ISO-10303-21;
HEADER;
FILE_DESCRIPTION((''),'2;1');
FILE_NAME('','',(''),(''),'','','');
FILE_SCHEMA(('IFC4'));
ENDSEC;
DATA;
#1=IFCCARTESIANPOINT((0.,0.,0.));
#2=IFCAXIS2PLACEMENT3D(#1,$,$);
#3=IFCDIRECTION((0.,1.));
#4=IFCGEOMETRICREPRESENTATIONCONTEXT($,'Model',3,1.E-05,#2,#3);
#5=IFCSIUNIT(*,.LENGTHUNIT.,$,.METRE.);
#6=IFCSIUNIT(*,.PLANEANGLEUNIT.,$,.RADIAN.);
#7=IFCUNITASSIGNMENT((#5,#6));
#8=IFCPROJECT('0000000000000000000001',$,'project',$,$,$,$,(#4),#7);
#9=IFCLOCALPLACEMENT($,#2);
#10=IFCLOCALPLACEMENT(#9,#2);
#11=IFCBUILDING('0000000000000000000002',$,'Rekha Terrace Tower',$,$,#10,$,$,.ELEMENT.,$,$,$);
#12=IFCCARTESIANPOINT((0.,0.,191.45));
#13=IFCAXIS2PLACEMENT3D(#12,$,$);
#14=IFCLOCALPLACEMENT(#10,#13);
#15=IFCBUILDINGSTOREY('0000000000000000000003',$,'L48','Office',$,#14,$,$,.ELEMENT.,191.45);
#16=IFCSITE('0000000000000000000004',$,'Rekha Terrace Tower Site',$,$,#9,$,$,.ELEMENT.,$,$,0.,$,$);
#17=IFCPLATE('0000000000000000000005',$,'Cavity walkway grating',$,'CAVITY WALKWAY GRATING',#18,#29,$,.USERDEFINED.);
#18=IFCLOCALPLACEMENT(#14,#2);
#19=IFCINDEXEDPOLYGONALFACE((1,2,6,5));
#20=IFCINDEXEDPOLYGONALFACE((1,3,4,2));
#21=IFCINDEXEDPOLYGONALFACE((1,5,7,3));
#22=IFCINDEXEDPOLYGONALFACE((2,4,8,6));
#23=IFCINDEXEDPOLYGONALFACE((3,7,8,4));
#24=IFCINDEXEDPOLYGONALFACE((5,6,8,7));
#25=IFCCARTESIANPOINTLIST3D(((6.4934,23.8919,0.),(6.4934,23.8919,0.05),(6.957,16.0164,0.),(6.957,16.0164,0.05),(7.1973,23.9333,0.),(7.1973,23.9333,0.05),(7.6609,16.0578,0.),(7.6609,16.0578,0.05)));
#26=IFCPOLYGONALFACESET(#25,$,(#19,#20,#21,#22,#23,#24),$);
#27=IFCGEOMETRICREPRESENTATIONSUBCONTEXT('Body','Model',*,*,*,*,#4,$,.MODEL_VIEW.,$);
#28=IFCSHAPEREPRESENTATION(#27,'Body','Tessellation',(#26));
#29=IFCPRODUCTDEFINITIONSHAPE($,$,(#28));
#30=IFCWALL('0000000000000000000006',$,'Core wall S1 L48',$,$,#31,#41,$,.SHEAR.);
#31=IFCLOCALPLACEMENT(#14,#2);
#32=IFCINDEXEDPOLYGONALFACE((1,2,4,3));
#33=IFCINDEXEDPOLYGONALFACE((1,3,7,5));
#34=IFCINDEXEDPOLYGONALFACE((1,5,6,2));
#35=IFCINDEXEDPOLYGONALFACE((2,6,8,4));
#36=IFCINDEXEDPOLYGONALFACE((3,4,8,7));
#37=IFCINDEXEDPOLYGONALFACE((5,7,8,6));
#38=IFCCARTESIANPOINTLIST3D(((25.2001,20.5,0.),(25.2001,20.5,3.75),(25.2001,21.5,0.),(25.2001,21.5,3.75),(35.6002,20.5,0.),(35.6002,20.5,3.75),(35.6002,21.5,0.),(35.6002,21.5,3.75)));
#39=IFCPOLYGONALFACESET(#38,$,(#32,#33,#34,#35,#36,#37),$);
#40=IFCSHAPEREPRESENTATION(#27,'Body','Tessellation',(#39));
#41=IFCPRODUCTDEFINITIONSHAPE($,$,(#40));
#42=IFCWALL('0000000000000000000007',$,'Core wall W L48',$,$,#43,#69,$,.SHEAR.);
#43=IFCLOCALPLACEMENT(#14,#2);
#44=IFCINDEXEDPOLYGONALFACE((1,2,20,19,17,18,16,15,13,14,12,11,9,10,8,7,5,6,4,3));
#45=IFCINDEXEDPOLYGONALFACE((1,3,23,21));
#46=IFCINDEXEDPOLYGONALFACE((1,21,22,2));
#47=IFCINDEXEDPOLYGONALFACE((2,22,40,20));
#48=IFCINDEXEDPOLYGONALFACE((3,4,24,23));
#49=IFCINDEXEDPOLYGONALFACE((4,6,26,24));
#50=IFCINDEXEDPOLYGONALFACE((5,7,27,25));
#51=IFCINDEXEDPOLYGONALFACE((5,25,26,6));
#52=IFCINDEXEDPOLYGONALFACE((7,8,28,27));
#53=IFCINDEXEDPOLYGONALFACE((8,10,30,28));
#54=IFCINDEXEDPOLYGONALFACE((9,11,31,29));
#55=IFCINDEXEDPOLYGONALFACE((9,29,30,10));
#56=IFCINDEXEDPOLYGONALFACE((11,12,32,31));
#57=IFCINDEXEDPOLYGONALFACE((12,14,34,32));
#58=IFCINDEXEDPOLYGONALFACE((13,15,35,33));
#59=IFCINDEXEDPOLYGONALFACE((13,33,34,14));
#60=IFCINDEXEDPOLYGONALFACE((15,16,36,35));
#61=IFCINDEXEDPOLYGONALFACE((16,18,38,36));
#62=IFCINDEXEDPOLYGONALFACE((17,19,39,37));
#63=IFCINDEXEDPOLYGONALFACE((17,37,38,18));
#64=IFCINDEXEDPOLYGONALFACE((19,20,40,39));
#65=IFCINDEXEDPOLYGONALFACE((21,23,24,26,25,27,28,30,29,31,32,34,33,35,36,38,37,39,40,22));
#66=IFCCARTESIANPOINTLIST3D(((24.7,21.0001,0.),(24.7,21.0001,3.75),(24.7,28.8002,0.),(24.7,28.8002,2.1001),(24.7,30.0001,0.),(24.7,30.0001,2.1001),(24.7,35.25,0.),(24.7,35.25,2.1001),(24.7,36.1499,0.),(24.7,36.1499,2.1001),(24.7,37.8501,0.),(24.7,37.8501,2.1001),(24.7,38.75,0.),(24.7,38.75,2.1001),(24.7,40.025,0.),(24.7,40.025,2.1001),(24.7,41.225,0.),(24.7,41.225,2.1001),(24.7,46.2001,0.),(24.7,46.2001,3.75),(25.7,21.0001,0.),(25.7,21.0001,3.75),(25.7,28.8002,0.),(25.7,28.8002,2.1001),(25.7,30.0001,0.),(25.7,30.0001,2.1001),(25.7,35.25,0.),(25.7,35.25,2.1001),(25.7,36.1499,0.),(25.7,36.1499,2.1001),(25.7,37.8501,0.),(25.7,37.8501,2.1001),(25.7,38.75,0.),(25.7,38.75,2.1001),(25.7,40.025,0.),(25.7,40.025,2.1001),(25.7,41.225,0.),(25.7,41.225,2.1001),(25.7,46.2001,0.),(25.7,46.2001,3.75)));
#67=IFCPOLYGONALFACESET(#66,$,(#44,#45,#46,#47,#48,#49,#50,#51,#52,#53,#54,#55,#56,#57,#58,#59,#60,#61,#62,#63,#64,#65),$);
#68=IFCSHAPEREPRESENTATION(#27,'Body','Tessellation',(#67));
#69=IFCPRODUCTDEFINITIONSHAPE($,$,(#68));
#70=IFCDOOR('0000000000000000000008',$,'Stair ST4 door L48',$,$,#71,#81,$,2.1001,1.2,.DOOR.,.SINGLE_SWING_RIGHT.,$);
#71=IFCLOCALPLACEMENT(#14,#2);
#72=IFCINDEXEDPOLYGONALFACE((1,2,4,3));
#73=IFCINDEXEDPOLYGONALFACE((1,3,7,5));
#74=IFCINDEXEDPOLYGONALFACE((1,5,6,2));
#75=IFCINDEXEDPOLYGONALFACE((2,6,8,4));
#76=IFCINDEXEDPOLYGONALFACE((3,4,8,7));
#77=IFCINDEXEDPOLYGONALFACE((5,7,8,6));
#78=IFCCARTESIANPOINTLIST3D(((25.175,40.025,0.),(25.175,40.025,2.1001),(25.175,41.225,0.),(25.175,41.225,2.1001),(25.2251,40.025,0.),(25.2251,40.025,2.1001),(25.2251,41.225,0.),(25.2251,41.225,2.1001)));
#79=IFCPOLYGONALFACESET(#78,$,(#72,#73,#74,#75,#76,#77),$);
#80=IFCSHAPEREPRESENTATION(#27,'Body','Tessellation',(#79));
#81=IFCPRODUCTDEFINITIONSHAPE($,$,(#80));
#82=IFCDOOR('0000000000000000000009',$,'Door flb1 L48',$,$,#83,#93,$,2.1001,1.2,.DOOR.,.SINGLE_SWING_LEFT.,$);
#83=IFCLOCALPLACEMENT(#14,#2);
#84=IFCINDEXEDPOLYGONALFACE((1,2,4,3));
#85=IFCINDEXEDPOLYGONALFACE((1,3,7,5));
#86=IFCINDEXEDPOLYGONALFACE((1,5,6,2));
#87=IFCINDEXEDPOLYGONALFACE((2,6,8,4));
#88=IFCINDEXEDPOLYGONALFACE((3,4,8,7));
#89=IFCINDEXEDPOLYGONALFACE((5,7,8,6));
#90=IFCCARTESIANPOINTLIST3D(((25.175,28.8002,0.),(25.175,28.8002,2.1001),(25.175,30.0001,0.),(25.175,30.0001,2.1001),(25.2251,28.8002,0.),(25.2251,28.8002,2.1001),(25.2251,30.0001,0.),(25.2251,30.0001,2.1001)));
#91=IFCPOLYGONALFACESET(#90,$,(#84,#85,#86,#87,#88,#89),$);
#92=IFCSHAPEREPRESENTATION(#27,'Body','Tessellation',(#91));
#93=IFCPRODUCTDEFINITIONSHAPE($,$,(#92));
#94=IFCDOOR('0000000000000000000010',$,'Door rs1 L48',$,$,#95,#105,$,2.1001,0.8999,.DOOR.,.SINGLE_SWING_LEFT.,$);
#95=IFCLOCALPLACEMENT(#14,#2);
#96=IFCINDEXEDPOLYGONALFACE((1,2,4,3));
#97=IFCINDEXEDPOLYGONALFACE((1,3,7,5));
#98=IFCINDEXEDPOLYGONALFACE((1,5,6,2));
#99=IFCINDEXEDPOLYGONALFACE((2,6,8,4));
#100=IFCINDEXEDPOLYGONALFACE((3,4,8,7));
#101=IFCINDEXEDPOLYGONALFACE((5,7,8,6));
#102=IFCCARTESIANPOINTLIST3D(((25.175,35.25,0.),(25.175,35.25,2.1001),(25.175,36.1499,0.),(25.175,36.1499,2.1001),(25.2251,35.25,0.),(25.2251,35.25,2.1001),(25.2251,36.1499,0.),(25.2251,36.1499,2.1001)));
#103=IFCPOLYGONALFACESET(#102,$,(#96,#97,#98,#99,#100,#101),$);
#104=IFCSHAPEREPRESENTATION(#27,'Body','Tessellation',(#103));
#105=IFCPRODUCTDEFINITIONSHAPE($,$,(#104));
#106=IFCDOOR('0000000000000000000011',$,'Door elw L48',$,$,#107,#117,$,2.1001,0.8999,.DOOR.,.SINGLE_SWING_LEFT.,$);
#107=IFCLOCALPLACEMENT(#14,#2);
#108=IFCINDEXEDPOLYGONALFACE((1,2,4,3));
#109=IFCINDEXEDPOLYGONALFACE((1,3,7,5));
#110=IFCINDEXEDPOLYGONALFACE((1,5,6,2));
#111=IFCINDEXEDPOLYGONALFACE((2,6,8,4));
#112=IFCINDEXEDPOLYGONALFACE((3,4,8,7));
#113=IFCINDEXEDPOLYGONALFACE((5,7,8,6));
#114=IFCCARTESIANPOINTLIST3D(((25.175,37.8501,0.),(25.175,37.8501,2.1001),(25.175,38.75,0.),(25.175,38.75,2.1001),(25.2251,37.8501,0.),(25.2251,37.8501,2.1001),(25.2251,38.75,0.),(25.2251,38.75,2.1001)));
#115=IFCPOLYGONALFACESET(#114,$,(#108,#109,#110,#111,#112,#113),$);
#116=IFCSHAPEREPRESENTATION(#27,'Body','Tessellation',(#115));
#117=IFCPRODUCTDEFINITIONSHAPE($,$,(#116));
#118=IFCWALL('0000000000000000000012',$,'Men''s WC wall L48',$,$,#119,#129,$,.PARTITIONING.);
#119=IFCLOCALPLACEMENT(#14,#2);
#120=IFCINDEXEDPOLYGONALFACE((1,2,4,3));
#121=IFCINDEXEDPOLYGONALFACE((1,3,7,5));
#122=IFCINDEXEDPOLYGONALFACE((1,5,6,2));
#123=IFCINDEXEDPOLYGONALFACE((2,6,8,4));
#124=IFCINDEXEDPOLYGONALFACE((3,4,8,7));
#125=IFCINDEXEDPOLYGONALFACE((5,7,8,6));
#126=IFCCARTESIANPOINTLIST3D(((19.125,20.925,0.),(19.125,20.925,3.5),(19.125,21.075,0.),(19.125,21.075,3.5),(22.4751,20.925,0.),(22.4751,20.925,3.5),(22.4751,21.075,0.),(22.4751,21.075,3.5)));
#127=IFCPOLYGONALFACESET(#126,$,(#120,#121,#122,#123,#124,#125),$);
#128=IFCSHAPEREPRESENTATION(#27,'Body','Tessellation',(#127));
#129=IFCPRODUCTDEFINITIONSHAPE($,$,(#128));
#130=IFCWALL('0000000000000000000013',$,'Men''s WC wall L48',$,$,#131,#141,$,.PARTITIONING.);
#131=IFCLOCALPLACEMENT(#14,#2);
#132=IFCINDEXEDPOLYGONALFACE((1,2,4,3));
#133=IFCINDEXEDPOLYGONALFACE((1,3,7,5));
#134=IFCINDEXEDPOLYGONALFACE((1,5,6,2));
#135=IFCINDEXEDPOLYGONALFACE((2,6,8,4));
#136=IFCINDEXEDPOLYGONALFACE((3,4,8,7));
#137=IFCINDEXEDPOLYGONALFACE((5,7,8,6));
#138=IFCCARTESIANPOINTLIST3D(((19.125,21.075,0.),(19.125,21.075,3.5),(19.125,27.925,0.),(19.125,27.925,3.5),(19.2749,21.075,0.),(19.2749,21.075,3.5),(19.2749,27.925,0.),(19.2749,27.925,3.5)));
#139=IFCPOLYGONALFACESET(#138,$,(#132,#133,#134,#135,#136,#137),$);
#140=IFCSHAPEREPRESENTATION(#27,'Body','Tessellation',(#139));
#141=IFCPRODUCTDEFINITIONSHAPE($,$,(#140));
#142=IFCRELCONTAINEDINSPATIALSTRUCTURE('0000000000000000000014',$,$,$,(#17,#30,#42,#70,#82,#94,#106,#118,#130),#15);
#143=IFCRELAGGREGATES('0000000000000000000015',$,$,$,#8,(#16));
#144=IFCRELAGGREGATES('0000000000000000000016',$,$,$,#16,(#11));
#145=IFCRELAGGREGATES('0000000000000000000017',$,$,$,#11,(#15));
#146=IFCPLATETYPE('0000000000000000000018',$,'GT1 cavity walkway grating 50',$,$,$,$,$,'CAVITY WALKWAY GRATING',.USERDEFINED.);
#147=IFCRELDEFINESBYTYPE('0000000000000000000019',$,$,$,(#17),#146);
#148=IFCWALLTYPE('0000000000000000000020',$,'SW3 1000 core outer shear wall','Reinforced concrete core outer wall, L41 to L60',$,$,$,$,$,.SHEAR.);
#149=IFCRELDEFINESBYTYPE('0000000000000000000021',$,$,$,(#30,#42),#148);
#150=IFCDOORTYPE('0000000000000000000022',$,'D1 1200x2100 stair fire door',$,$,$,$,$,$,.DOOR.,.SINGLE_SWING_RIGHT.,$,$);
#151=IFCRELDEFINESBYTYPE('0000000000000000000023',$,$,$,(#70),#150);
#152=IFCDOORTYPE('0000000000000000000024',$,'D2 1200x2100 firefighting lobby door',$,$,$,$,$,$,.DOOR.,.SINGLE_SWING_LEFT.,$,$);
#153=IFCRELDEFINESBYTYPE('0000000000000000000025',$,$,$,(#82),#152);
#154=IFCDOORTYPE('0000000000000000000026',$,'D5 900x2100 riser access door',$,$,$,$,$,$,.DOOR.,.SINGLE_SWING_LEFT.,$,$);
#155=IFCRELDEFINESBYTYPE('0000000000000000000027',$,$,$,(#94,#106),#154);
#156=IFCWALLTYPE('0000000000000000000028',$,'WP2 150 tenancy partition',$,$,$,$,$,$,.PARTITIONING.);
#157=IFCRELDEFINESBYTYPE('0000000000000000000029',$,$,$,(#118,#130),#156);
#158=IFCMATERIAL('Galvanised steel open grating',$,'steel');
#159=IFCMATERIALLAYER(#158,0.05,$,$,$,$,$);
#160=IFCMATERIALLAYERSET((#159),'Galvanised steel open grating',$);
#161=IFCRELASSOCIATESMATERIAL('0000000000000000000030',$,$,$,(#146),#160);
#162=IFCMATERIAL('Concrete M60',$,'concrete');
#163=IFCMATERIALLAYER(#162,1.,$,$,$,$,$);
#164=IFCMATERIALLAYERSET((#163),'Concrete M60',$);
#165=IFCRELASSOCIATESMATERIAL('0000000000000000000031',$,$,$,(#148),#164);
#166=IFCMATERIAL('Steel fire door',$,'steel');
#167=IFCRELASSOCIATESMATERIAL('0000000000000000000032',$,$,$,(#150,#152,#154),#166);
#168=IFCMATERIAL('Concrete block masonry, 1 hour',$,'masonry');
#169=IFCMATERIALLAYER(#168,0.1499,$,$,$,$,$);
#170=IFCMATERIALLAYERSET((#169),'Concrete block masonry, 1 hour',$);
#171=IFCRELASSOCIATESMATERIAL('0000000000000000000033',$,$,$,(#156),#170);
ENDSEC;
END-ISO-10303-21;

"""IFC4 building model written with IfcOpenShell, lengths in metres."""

from ifc_helpers import new_model, si_unit, direction, frame, frame_2d, origin, origin_2d, place, context, subcontext, project, spatial, rectangle, extrude, material, layer, layer_set, type_object, element, fill, save


model = new_model("IFC4")

# Units and contexts
model_context = context("Model", 3, precision=1e-05, world=origin(), true_north=direction((0.0, 1.0)))
body_context = subcontext(model_context, "Body", "Model", "MODEL_VIEW")
ifc_project = project(units=[si_unit("LENGTHUNIT", "METRE"), si_unit("PLANEANGLEUNIT", "RADIAN")], contexts=[model_context])

# Site, building, storey
site_placement = place(None, origin())
site = spatial("IfcSite", under=ifc_project, at=site_placement, Name="Rekha Terrace Tower Site", CompositionType="ELEMENT", RefElevation=0.0)
building_placement = place(site_placement, origin())
building = spatial("IfcBuilding", under=site, at=building_placement, Name="Rekha Terrace Tower", CompositionType="ELEMENT")
storey_placement = place(building_placement, frame((0.0, 0.0, 191.45)))
storey = spatial("IfcBuildingStorey", under=building, at=storey_placement, Name="L48", Description="Office", CompositionType="ELEMENT", Elevation=191.45)

# Plate
ifc_material_1 = material(Name="Galvanised steel open grating", Category="steel")
ifc_layer_1 = layer(ifc_material_1, 0.05)
ifc_layer_set_1 = layer_set([ifc_layer_1], Name="Galvanised steel open grating")
plate_type_1 = type_object("IfcPlateType", Name="GT1 cavity walkway grating 50", ElementType="CAVITY WALKWAY GRATING", PredefinedType="USERDEFINED", material=ifc_layer_set_1)
plate_1_placement = place(storey_placement, frame((7.0771, 19.9749, 0.0), z_axis=(0.0, 0.0, 1.0), x_axis=(0.058765, -0.998272, 0.0)))
element("IfcPlate", 1, at=plate_1_placement, inside=storey, type_object=plate_type_1, Name="Cavity walkway grating", ObjectType="CAVITY WALKWAY GRATING", PredefinedType="USERDEFINED", context=body_context, shape_type="SweptSolid", body=[
    extrude(rectangle(XDim=7.8892, YDim=0.7051, at=origin_2d()), origin(), (0.0, 0.0, 1.0), 0.05),
])

# Wall
ifc_material_2 = material(Name="Concrete M60", Category="concrete")
ifc_layer_2 = layer(ifc_material_2, 1.0)
ifc_layer_set_2 = layer_set([ifc_layer_2], Name="Concrete M60")
wall_type_1 = type_object("IfcWallType", Name="SW3 1000 core outer shear wall", Description="Reinforced concrete core outer wall, L41 to L60", PredefinedType="SHEAR", material=ifc_layer_set_2)
wall_1_placement = place(storey_placement, frame((25.2, 21.0, 0.0), z_axis=(0.0, 0.0, 1.0), x_axis=(1.0, 0.0, 0.0)))
element("IfcWall", 2, at=wall_1_placement, inside=storey, type_object=wall_type_1, Name="Core wall S1 L48", PredefinedType="SHEAR", context=body_context, shape_type="SweptSolid", body=[
    extrude(rectangle(XDim=10.4001, YDim=1.0, at=frame_2d((5.2002, 0.0))), origin(), (0.0, 0.0, 1.0), 3.75),
])

# Wall, openings, doors
wall_2_placement = place(storey_placement, frame((25.2, 21.0, 0.0), z_axis=(0.0, 0.0, 1.0), x_axis=(0.0, 1.0, 0.0)))
wall_2 = element("IfcWall", 3, at=wall_2_placement, inside=storey, type_object=wall_type_1, Name="Core wall W L48", PredefinedType="SHEAR", context=body_context, shape_type="SweptSolid", body=[
    extrude(rectangle(XDim=25.2, YDim=1.0, at=frame_2d((12.6001, 0.0))), origin(), (0.0, 0.0, 1.0), 3.75),
])
opening_1_placement = place(wall_2_placement, frame((7.8, 0.0, 0.0)))
opening_1 = element("IfcOpeningElement", 4, at=opening_1_placement, cuts=wall_2, PredefinedType="OPENING", context=body_context, shape_type="SweptSolid", body=[
    extrude(rectangle(XDim=1.2, YDim=2.1001, at=frame_2d((0.6001, 1.05))), frame((0.0, 0.51, 0.0), z_axis=(0.0, -1.0, 0.0), x_axis=(1.0, 0.0, 0.0)), (0.0, 0.0, 1.0), 1.02),
])
opening_2_placement = place(wall_2_placement, frame((14.25, 0.0, 0.0)))
opening_2 = element("IfcOpeningElement", 5, at=opening_2_placement, cuts=wall_2, PredefinedType="OPENING", context=body_context, shape_type="SweptSolid", body=[
    extrude(rectangle(XDim=0.8999, YDim=2.1001, at=frame_2d((0.45, 1.05))), frame((0.0, 0.51, 0.0), z_axis=(0.0, -1.0, 0.0), x_axis=(1.0, 0.0, 0.0)), (0.0, 0.0, 1.0), 1.02),
])
opening_3_placement = place(wall_2_placement, frame((16.8501, 0.0, 0.0)))
opening_3 = element("IfcOpeningElement", 6, at=opening_3_placement, cuts=wall_2, PredefinedType="OPENING", context=body_context, shape_type="SweptSolid", body=[
    extrude(rectangle(XDim=0.8999, YDim=2.1001, at=frame_2d((0.45, 1.05))), frame((0.0, 0.51, 0.0), z_axis=(0.0, -1.0, 0.0), x_axis=(1.0, 0.0, 0.0)), (0.0, 0.0, 1.0), 1.02),
])
opening_4_placement = place(wall_2_placement, frame((19.0249, 0.0, 0.0)))
opening_4 = element("IfcOpeningElement", 7, at=opening_4_placement, cuts=wall_2, PredefinedType="OPENING", context=body_context, shape_type="SweptSolid", body=[
    extrude(rectangle(XDim=1.2, YDim=2.1001, at=frame_2d((0.6001, 1.05))), frame((0.0, 0.51, 0.0), z_axis=(0.0, -1.0, 0.0), x_axis=(1.0, 0.0, 0.0)), (0.0, 0.0, 1.0), 1.02),
])
ifc_material_3 = material(Name="Steel fire door", Category="steel")
door_type_1 = type_object("IfcDoorType", Name="D1 1200x2100 stair fire door", OperationType="SINGLE_SWING_RIGHT", PredefinedType="DOOR", material=ifc_material_3)
door_1_placement = place(opening_4_placement, origin())
door_1 = element("IfcDoor", 8, at=door_1_placement, inside=storey, type_object=door_type_1, Name="Stair ST4 door L48", OperationType="SINGLE_SWING_RIGHT", OverallHeight=2.1001, OverallWidth=1.2, PredefinedType="DOOR", context=body_context, shape_type="SweptSolid", body=[
    extrude(rectangle(XDim=1.2, YDim=2.1001, at=frame_2d((0.6001, 1.05))), frame((0.0, 0.0249, 0.0), z_axis=(0.0, -1.0, 0.0), x_axis=(1.0, 0.0, 0.0)), (0.0, 0.0, 1.0), 0.05),
])
fill(opening_4, door_1)
door_type_2 = type_object("IfcDoorType", Name="D2 1200x2100 firefighting lobby door", OperationType="SINGLE_SWING_LEFT", PredefinedType="DOOR", material=ifc_material_3)
door_2_placement = place(opening_1_placement, origin())
door_2 = element("IfcDoor", 9, at=door_2_placement, inside=storey, type_object=door_type_2, Name="Door flb1 L48", OperationType="SINGLE_SWING_LEFT", OverallHeight=2.1001, OverallWidth=1.2, PredefinedType="DOOR", context=body_context, shape_type="SweptSolid", body=[
    extrude(rectangle(XDim=1.2, YDim=2.1001, at=frame_2d((0.6001, 1.05))), frame((0.0, 0.0249, 0.0), z_axis=(0.0, -1.0, 0.0), x_axis=(1.0, 0.0, 0.0)), (0.0, 0.0, 1.0), 0.05),
])
fill(opening_1, door_2)
door_type_3 = type_object("IfcDoorType", Name="D5 900x2100 riser access door", OperationType="SINGLE_SWING_LEFT", PredefinedType="DOOR", material=ifc_material_3)
door_3_placement = place(opening_2_placement, origin())
door_3 = element("IfcDoor", 10, at=door_3_placement, inside=storey, type_object=door_type_3, Name="Door rs1 L48", OperationType="SINGLE_SWING_LEFT", OverallHeight=2.1001, OverallWidth=0.8999, PredefinedType="DOOR", context=body_context, shape_type="SweptSolid", body=[
    extrude(rectangle(XDim=0.8999, YDim=2.1001, at=frame_2d((0.45, 1.05))), frame((0.0, 0.0249, 0.0), z_axis=(0.0, -1.0, 0.0), x_axis=(1.0, 0.0, 0.0)), (0.0, 0.0, 1.0), 0.05),
])
fill(opening_2, door_3)
door_4_placement = place(opening_3_placement, origin())
door_4 = element("IfcDoor", 11, at=door_4_placement, inside=storey, type_object=door_type_3, Name="Door elw L48", OperationType="SINGLE_SWING_LEFT", OverallHeight=2.1001, OverallWidth=0.8999, PredefinedType="DOOR", context=body_context, shape_type="SweptSolid", body=[
    extrude(rectangle(XDim=0.8999, YDim=2.1001, at=frame_2d((0.45, 1.05))), frame((0.0, 0.0249, 0.0), z_axis=(0.0, -1.0, 0.0), x_axis=(1.0, 0.0, 0.0)), (0.0, 0.0, 1.0), 0.05),
])
fill(opening_3, door_4)

# Walls
ifc_material_4 = material(Name="Concrete block masonry, 1 hour", Category="masonry")
ifc_layer_3 = layer(ifc_material_4, 0.1499)
ifc_layer_set_3 = layer_set([ifc_layer_3], Name="Concrete block masonry, 1 hour")
wall_type_2 = type_object("IfcWallType", Name="WP2 150 tenancy partition", PredefinedType="PARTITIONING", material=ifc_layer_set_3)
wall_3_placement = place(storey_placement, frame((19.125, 21.0, 0.0), z_axis=(0.0, 0.0, 1.0), x_axis=(1.0, 0.0, 0.0)))
element("IfcWall", 12, at=wall_3_placement, inside=storey, type_object=wall_type_2, Name="Men's WC wall L48", PredefinedType="PARTITIONING", context=body_context, shape_type="SweptSolid", body=[
    extrude(rectangle(XDim=3.3501, YDim=0.1499, at=frame_2d((1.675, 0.0))), origin(), (0.0, 0.0, 1.0), 3.5),
])
wall_4_placement = place(storey_placement, frame((19.2, 21.075, 0.0), z_axis=(0.0, 0.0, 1.0), x_axis=(0.0, 1.0, 0.0)))
element("IfcWall", 13, at=wall_4_placement, inside=storey, type_object=wall_type_2, Name="Men's WC wall L48", PredefinedType="PARTITIONING", context=body_context, shape_type="SweptSolid", body=[
    extrude(rectangle(XDim=6.8501, YDim=0.1499, at=frame_2d((3.425, 0.0))), origin(), (0.0, 0.0, 1.0), 3.5),
])

save(model, "model.ifc")
